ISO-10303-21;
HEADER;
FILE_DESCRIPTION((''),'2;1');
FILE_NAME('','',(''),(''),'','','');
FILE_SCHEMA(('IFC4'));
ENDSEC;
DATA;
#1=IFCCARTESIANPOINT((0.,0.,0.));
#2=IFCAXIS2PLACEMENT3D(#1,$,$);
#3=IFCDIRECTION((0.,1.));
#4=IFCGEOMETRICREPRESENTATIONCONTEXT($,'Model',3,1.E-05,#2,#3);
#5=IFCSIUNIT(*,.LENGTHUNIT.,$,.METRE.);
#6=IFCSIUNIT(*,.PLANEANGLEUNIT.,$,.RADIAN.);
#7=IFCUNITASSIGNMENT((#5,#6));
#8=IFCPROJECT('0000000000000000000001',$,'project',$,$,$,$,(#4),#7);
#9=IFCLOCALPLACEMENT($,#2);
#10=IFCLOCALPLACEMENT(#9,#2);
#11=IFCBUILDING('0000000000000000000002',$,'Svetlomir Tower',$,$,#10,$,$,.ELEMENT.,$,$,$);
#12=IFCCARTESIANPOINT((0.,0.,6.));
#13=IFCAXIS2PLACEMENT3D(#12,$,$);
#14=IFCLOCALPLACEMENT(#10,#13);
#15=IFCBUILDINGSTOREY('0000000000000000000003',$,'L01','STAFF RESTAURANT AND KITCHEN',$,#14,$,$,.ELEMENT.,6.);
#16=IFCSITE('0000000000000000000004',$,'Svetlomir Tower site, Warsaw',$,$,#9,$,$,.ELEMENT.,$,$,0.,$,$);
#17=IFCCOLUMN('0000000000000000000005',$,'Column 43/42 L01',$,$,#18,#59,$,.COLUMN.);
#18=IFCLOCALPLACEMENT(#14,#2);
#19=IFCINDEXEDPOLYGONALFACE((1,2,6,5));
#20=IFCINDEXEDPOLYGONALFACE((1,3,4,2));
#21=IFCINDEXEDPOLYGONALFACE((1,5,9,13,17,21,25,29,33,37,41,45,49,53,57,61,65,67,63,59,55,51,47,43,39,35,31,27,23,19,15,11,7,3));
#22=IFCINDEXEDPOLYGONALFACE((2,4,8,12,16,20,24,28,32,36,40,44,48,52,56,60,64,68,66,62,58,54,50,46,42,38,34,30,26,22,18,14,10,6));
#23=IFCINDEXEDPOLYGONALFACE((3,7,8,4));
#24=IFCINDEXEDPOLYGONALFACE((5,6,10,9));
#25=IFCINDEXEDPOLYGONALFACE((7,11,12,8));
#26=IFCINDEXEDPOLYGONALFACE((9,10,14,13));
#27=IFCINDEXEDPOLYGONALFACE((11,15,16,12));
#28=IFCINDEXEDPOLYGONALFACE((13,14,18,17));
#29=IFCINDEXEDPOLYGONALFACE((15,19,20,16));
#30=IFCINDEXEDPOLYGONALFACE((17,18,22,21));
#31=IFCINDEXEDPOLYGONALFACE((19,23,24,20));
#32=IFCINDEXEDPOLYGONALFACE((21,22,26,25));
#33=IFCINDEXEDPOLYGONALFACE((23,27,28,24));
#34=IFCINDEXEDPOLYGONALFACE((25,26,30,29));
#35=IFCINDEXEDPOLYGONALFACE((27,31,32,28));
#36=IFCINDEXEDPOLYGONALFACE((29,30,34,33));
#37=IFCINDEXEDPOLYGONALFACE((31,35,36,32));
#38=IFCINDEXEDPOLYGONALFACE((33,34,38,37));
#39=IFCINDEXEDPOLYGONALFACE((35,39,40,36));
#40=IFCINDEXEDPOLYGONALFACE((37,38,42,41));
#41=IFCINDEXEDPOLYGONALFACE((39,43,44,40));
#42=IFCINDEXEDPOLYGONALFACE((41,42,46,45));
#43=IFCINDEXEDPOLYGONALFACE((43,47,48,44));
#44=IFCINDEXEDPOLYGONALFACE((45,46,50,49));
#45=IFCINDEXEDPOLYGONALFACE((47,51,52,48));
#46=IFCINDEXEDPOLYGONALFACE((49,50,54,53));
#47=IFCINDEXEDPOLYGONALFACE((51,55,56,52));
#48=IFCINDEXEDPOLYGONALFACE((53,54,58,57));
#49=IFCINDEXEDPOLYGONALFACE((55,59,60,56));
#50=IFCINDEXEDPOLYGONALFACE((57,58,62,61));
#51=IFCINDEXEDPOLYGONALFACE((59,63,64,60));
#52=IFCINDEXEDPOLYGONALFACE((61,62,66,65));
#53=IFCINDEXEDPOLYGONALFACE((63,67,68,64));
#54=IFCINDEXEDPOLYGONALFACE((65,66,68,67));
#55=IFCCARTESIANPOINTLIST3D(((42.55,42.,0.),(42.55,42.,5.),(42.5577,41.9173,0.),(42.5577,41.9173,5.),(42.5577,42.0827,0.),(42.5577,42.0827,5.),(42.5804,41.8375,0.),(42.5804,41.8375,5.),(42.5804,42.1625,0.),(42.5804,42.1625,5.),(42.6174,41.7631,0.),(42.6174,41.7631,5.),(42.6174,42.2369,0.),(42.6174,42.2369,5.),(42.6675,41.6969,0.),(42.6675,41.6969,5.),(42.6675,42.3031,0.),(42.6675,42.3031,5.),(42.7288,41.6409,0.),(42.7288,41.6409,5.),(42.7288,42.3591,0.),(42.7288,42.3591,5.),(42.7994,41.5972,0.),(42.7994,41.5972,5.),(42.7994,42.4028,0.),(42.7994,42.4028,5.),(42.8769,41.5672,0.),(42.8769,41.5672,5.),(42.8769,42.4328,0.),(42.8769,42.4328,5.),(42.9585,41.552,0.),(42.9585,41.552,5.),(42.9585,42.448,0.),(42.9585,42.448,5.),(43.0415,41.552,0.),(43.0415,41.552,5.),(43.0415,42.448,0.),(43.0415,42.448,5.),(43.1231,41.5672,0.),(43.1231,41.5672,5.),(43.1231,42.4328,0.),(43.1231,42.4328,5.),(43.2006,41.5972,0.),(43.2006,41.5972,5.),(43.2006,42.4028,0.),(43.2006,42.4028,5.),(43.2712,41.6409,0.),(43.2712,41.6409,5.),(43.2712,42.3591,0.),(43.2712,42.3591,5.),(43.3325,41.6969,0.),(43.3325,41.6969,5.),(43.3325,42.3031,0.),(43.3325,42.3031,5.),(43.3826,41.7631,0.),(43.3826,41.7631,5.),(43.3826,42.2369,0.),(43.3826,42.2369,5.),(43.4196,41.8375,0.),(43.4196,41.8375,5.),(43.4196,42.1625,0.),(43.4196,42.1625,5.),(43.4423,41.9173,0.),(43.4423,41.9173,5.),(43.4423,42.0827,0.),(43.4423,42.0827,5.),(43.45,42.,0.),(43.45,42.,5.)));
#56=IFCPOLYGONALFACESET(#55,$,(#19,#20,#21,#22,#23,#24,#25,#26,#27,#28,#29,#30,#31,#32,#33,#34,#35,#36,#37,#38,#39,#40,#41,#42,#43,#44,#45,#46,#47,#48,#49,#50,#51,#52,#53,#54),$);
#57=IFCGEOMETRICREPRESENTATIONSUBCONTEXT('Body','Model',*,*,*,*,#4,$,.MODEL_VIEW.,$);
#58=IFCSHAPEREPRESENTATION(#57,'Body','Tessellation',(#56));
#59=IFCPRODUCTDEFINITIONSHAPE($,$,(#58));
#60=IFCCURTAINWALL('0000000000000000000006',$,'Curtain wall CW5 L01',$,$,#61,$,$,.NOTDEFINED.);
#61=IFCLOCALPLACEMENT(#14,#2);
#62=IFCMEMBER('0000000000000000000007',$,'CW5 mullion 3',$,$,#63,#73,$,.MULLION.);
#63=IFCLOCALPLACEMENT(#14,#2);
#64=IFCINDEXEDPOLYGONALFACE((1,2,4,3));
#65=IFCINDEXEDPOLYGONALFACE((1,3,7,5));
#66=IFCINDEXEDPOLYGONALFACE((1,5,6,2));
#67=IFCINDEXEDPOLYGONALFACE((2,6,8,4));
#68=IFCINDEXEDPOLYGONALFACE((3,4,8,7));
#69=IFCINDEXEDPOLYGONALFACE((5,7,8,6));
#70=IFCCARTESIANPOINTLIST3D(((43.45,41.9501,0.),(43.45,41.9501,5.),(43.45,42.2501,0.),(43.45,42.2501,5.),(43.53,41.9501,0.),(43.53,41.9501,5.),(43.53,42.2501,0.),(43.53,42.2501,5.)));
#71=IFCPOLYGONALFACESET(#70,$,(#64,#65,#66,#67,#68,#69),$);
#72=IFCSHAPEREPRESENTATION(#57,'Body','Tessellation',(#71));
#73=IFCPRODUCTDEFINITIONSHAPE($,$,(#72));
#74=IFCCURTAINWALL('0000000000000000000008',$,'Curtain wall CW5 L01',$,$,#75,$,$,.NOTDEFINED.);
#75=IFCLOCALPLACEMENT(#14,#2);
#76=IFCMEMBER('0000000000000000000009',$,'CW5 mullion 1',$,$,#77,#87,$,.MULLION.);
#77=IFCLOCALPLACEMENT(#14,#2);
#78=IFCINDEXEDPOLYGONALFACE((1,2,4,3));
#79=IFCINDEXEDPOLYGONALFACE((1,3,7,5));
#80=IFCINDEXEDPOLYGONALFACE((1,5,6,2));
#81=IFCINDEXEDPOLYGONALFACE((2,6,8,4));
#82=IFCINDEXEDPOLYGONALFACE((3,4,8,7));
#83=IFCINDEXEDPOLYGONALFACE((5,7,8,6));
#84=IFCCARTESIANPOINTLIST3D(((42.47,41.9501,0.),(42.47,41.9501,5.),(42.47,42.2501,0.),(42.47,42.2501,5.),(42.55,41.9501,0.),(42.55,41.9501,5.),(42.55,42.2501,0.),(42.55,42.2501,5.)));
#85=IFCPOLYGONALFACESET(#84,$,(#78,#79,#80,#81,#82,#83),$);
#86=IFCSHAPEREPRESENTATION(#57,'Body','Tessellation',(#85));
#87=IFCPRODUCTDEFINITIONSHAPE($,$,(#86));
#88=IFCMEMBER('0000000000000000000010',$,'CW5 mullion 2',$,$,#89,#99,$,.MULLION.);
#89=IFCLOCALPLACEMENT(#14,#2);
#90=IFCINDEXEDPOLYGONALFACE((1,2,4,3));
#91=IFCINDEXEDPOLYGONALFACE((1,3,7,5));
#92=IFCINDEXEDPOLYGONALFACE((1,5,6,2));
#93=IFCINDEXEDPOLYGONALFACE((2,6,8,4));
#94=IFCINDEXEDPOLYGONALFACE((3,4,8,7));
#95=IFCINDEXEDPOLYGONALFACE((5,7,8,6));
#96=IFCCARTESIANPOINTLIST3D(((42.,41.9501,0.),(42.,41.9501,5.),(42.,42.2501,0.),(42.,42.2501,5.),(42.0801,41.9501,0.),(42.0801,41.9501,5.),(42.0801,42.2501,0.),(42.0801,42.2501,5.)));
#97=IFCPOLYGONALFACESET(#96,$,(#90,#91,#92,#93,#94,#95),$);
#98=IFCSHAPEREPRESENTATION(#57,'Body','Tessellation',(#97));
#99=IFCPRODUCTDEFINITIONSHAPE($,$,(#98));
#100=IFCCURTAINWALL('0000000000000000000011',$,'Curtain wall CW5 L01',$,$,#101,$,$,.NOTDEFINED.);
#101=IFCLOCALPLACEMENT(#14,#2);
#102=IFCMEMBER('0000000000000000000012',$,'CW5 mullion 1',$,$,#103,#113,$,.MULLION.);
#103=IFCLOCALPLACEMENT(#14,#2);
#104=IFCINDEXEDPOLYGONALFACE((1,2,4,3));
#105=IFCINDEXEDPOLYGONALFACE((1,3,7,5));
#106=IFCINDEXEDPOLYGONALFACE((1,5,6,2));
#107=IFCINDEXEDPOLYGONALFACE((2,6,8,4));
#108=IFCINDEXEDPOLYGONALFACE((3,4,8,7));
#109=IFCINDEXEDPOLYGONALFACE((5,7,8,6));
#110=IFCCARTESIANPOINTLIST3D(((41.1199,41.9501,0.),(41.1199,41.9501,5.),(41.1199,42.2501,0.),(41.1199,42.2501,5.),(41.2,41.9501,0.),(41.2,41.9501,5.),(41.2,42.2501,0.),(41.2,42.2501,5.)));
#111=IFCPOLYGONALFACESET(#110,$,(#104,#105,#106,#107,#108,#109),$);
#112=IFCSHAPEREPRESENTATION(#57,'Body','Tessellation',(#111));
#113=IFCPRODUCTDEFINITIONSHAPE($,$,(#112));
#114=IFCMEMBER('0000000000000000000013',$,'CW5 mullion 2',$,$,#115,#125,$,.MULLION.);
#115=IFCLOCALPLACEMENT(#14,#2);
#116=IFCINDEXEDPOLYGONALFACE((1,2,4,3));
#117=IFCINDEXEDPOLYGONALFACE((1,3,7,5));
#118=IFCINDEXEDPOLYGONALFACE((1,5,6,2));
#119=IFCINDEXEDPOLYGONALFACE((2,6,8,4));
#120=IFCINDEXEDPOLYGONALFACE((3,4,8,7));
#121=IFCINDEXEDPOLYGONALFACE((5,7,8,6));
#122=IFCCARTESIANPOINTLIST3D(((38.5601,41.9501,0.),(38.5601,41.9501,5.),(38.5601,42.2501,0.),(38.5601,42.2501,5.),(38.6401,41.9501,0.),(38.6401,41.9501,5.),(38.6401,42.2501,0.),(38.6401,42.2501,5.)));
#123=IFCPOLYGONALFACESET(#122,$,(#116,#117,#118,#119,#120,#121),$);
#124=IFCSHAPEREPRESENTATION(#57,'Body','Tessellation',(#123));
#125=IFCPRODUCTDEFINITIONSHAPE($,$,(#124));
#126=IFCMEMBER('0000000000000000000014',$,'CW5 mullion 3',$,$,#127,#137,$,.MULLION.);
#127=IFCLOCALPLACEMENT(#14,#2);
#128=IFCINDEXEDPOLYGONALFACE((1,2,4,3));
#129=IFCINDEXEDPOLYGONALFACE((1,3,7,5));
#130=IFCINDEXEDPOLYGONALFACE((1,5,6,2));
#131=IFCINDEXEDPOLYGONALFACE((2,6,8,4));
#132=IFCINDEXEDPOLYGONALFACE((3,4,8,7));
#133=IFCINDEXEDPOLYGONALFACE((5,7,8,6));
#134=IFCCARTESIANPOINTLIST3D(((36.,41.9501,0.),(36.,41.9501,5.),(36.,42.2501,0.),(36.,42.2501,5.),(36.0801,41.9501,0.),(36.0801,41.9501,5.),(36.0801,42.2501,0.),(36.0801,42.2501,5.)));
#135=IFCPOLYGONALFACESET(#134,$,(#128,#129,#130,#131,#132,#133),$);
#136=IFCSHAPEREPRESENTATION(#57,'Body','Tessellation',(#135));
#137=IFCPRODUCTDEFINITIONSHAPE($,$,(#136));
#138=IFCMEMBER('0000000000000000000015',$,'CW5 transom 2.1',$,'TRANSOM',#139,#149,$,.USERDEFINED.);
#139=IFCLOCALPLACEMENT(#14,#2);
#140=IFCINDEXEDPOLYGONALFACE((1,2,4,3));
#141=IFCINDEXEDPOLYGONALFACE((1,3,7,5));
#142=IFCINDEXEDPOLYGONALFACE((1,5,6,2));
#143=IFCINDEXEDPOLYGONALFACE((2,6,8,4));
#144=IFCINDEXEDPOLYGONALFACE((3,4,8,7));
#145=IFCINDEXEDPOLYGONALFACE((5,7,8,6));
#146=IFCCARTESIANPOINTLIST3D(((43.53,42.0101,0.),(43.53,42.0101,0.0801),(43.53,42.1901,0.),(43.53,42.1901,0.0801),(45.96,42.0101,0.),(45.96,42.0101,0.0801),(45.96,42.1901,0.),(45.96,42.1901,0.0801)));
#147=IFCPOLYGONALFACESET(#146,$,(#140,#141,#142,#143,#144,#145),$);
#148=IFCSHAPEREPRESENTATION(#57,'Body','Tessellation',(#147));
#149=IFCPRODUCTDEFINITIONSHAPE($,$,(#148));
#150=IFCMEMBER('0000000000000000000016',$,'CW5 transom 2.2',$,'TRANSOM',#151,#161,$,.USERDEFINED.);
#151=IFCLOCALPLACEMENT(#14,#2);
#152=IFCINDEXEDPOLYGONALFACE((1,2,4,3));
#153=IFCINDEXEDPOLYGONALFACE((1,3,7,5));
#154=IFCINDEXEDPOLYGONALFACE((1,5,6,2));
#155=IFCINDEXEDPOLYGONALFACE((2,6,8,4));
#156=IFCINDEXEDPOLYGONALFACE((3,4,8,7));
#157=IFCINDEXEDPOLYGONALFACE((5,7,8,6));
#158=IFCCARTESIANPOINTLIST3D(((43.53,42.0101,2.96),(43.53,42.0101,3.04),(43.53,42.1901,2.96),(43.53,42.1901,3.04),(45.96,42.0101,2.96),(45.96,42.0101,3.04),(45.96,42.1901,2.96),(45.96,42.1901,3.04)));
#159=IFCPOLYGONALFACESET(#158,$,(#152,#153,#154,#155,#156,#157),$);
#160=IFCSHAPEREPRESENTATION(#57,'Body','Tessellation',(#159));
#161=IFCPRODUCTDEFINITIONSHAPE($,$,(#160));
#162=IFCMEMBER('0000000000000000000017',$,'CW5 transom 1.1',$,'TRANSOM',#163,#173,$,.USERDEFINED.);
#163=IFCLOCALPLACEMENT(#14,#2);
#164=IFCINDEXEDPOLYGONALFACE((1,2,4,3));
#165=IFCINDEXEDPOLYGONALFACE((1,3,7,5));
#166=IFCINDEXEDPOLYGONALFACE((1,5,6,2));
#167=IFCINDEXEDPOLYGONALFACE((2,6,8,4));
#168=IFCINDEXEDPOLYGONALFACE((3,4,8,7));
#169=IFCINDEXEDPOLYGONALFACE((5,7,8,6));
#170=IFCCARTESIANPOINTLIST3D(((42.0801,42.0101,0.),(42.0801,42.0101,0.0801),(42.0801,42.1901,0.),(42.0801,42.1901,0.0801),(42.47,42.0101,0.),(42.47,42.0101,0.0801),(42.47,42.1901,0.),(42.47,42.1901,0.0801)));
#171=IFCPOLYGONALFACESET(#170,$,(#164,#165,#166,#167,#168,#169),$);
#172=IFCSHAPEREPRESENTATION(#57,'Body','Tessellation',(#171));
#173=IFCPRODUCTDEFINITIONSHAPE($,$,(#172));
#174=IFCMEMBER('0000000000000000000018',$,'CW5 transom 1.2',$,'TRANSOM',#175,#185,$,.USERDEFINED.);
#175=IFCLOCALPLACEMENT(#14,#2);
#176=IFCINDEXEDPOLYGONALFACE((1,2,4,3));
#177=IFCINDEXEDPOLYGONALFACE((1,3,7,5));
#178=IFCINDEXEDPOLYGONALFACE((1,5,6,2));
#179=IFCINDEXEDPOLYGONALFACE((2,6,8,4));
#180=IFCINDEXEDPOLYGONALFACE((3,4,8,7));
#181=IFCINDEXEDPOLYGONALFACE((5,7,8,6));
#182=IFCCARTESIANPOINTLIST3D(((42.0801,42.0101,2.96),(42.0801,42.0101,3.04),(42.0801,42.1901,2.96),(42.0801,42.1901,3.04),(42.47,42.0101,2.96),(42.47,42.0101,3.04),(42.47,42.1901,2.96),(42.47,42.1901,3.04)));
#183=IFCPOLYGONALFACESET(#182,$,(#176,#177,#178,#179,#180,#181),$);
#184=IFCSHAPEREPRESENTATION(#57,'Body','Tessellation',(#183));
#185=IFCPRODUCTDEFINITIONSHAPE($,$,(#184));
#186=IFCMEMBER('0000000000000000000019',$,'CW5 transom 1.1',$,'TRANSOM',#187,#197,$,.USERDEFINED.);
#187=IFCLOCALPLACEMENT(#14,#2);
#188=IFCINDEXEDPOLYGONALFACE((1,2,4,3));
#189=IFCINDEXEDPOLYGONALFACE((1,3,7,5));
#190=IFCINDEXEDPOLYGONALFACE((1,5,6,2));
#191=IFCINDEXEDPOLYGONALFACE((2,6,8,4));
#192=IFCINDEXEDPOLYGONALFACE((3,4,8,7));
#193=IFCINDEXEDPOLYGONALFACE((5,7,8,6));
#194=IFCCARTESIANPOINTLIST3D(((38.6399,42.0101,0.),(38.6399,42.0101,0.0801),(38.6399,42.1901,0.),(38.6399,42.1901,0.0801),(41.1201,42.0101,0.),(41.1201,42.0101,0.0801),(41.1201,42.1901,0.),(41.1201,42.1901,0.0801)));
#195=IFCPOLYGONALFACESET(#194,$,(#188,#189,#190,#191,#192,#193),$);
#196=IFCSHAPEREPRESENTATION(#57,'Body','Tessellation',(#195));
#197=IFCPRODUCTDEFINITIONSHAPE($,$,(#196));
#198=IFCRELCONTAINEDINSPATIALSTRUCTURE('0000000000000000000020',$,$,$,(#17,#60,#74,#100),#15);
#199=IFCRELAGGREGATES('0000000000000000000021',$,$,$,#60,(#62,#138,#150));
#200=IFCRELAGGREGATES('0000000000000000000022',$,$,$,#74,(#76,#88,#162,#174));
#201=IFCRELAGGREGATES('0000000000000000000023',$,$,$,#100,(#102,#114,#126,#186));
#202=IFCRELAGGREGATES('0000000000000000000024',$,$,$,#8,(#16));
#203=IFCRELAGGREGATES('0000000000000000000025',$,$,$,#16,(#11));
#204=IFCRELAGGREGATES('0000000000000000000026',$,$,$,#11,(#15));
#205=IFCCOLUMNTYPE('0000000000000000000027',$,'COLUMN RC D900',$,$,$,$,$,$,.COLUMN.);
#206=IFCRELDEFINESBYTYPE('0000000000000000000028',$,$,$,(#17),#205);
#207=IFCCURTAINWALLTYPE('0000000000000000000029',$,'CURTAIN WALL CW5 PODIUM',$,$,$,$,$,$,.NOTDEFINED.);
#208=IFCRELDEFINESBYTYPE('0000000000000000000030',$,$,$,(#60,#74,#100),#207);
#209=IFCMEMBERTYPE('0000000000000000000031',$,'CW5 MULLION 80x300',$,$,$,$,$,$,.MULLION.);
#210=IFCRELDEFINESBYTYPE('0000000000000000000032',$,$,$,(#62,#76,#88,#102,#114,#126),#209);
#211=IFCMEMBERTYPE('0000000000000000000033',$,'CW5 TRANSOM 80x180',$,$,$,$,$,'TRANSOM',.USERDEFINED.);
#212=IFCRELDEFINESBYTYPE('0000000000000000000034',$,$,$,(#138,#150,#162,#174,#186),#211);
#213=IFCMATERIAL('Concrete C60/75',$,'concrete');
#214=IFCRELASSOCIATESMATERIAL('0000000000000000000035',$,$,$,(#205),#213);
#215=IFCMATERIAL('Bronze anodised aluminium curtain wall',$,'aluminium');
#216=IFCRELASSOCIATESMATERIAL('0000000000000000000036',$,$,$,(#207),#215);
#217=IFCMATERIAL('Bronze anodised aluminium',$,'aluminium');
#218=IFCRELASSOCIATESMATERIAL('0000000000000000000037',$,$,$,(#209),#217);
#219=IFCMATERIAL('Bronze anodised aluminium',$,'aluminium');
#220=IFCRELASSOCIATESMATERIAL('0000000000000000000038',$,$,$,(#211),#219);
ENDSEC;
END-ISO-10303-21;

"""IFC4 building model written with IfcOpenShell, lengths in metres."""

from ifc_helpers import new_model, si_unit, direction, frame, origin, origin_2d, place, context, subcontext, project, spatial, rectangle, circle, extrude, material, material_profile, profile_set, type_object, element, aggregate, save


model = new_model("IFC4")

# Units and contexts
model_context = context("Model", 3, precision=1e-05, world=origin(), true_north=direction((0.0, 1.0)))
body_context = subcontext(model_context, "Body", "Model", "MODEL_VIEW")
ifc_project = project(units=[si_unit("LENGTHUNIT", "METRE"), si_unit("PLANEANGLEUNIT", "RADIAN")], contexts=[model_context])

# Site, building, storey
site_placement = place(None, origin())
site = spatial("IfcSite", under=ifc_project, at=site_placement, Name="Svetlomir Tower site, Warsaw", CompositionType="ELEMENT", RefElevation=0.0)
building_placement = place(site_placement, origin())
building = spatial("IfcBuilding", under=site, at=building_placement, Name="Svetlomir Tower", CompositionType="ELEMENT")
storey_placement = place(building_placement, frame((0.0, 0.0, 6.0)))
storey = spatial("IfcBuildingStorey", under=building, at=storey_placement, Name="L01", Description="STAFF RESTAURANT AND KITCHEN", CompositionType="ELEMENT", Elevation=6.0)

# Column
ifc_material_1 = material(Name="Concrete C60/75", Category="concrete")
ifc_material_profile_1 = material_profile(ifc_material_1, circle(Radius=0.45, at=origin_2d()), Name="RC D900")
ifc_profile_set_1 = profile_set([ifc_material_profile_1], Name="Concrete C60/75")
column_type = type_object("IfcColumnType", Name="COLUMN RC D900", PredefinedType="COLUMN", material=ifc_profile_set_1)
column_placement = place(storey_placement, frame((43.0, 42.0, 0.0), z_axis=(0.0, 0.0, 1.0), x_axis=(1.0, 0.0, 0.0)))
element("IfcColumn", 1, at=column_placement, inside=storey, type_object=column_type, Name="Column 43/42 L01", PredefinedType="COLUMN", context=body_context, shape_type="SweptSolid", body=[
    extrude(circle(Radius=0.45, at=origin_2d()), origin(), (0.0, 0.0, 1.0), 5.0),
])

# Curtain wall, member
ifc_material_2 = material(Name="Bronze anodised aluminium curtain wall", Category="aluminium")
curtain_wall_type = type_object("IfcCurtainWallType", Name="CURTAIN WALL CW5 PODIUM", PredefinedType="NOTDEFINED", material=ifc_material_2)
curtain_wall_1_placement = place(storey_placement, origin())
curtain_wall_1 = element("IfcCurtainWall", 2, at=curtain_wall_1_placement, inside=storey, type_object=curtain_wall_type, Name="Curtain wall CW5 L01", PredefinedType="NOTDEFINED")
ifc_material_3 = material(Name="Bronze anodised aluminium", Category="aluminium")
ifc_material_profile_2 = material_profile(ifc_material_3, rectangle(XDim=0.0801, YDim=0.3, at=origin_2d()), Name="AL 80x300")
ifc_profile_set_2 = profile_set([ifc_material_profile_2], Name="Bronze anodised aluminium 6063-T6")
member_type_1 = type_object("IfcMemberType", Name="CW5 MULLION 80x300", PredefinedType="MULLION", material=ifc_profile_set_2)
member_1_placement = place(storey_placement, frame((43.49, 42.1001, 0.0), z_axis=(0.0, 0.0, 1.0), x_axis=(-1.0, 0.0, 0.0)))
member_1 = element("IfcMember", 3, at=member_1_placement, type_object=member_type_1, Name="CW5 mullion 3", PredefinedType="MULLION", context=body_context, shape_type="SweptSolid", body=[
    extrude(rectangle(XDim=0.0801, YDim=0.3, at=origin_2d()), origin(), (0.0, 0.0, 1.0), 5.0),
])

# Curtain walls, members
curtain_wall_2_placement = place(storey_placement, origin())
curtain_wall_2 = element("IfcCurtainWall", 4, at=curtain_wall_2_placement, inside=storey, type_object=curtain_wall_type, Name="Curtain wall CW5 L01", PredefinedType="NOTDEFINED")
member_2_placement = place(storey_placement, frame((42.51, 42.1001, 0.0), z_axis=(0.0, 0.0, 1.0), x_axis=(-1.0, 0.0, 0.0)))
member_2 = element("IfcMember", 5, at=member_2_placement, type_object=member_type_1, Name="CW5 mullion 1", PredefinedType="MULLION", context=body_context, shape_type="SweptSolid", body=[
    extrude(rectangle(XDim=0.0801, YDim=0.3, at=origin_2d()), origin(), (0.0, 0.0, 1.0), 5.0),
])
member_3_placement = place(storey_placement, frame((42.04, 42.1001, 0.0), z_axis=(0.0, 0.0, 1.0), x_axis=(-1.0, 0.0, 0.0)))
member_3 = element("IfcMember", 6, at=member_3_placement, type_object=member_type_1, Name="CW5 mullion 2", PredefinedType="MULLION", context=body_context, shape_type="SweptSolid", body=[
    extrude(rectangle(XDim=0.0801, YDim=0.3, at=origin_2d()), origin(), (0.0, 0.0, 1.0), 5.0),
])
curtain_wall_3_placement = place(storey_placement, origin())
curtain_wall_3 = element("IfcCurtainWall", 7, at=curtain_wall_3_placement, inside=storey, type_object=curtain_wall_type, Name="Curtain wall CW5 L01", PredefinedType="NOTDEFINED")
member_4_placement = place(storey_placement, frame((41.1599, 42.1001, 0.0), z_axis=(0.0, 0.0, 1.0), x_axis=(-1.0, 0.0, 0.0)))
member_4 = element("IfcMember", 8, at=member_4_placement, type_object=member_type_1, Name="CW5 mullion 1", PredefinedType="MULLION", context=body_context, shape_type="SweptSolid", body=[
    extrude(rectangle(XDim=0.0801, YDim=0.3, at=origin_2d()), origin(), (0.0, 0.0, 1.0), 5.0),
])
member_5_placement = place(storey_placement, frame((38.6001, 42.1001, 0.0), z_axis=(0.0, 0.0, 1.0), x_axis=(-1.0, 0.0, 0.0)))
member_5 = element("IfcMember", 9, at=member_5_placement, type_object=member_type_1, Name="CW5 mullion 2", PredefinedType="MULLION", context=body_context, shape_type="SweptSolid", body=[
    extrude(rectangle(XDim=0.0801, YDim=0.3, at=origin_2d()), origin(), (0.0, 0.0, 1.0), 5.0),
])
member_6_placement = place(storey_placement, frame((36.04, 42.1001, 0.0), z_axis=(0.0, 0.0, 1.0), x_axis=(-1.0, 0.0, 0.0)))
member_6 = element("IfcMember", 10, at=member_6_placement, type_object=member_type_1, Name="CW5 mullion 3", PredefinedType="MULLION", context=body_context, shape_type="SweptSolid", body=[
    extrude(rectangle(XDim=0.0801, YDim=0.3, at=origin_2d()), origin(), (0.0, 0.0, 1.0), 5.0),
])

# Members
ifc_material_4 = material(Name="Bronze anodised aluminium", Category="aluminium")
ifc_material_profile_3 = material_profile(ifc_material_4, rectangle(XDim=0.1799, YDim=0.0801, at=origin_2d()), Name="AL 180x80")
ifc_profile_set_3 = profile_set([ifc_material_profile_3], Name="Bronze anodised aluminium 6063-T6")
member_type_2 = type_object("IfcMemberType", Name="CW5 TRANSOM 80x180", ElementType="TRANSOM", PredefinedType="USERDEFINED", material=ifc_profile_set_3)
member_7_placement = place(storey_placement, frame((45.96, 42.1001, 0.04), z_axis=(-1.0, 0.0, 0.0), x_axis=(0.0, -1.0, 0.0)))
member_7 = element("IfcMember", 11, at=member_7_placement, type_object=member_type_2, Name="CW5 transom 2.1", ObjectType="TRANSOM", PredefinedType="USERDEFINED", context=body_context, shape_type="SweptSolid", body=[
    extrude(rectangle(XDim=0.1799, YDim=0.0801, at=origin_2d()), origin(), (0.0, 0.0, 1.0), 2.4299),
])
member_8_placement = place(storey_placement, frame((45.96, 42.1001, 3.0), z_axis=(-1.0, 0.0, 0.0), x_axis=(0.0, -1.0, 0.0)))
member_8 = element("IfcMember", 12, at=member_8_placement, type_object=member_type_2, Name="CW5 transom 2.2", ObjectType="TRANSOM", PredefinedType="USERDEFINED", context=body_context, shape_type="SweptSolid", body=[
    extrude(rectangle(XDim=0.1799, YDim=0.0801, at=origin_2d()), origin(), (0.0, 0.0, 1.0), 2.4299),
])
member_9_placement = place(storey_placement, frame((42.47, 42.1001, 0.04), z_axis=(-1.0, 0.0, 0.0), x_axis=(0.0, -1.0, 0.0)))
member_9 = element("IfcMember", 13, at=member_9_placement, type_object=member_type_2, Name="CW5 transom 1.1", ObjectType="TRANSOM", PredefinedType="USERDEFINED", context=body_context, shape_type="SweptSolid", body=[
    extrude(rectangle(XDim=0.1799, YDim=0.0801, at=origin_2d()), origin(), (0.0, 0.0, 1.0), 0.3899),
])
member_10_placement = place(storey_placement, frame((42.47, 42.1001, 3.0), z_axis=(-1.0, 0.0, 0.0), x_axis=(0.0, -1.0, 0.0)))
member_10 = element("IfcMember", 14, at=member_10_placement, type_object=member_type_2, Name="CW5 transom 1.2", ObjectType="TRANSOM", PredefinedType="USERDEFINED", context=body_context, shape_type="SweptSolid", body=[
    extrude(rectangle(XDim=0.1799, YDim=0.0801, at=origin_2d()), origin(), (0.0, 0.0, 1.0), 0.3899),
])
member_11_placement = place(storey_placement, frame((41.1201, 42.1001, 0.04), z_axis=(-1.0, 0.0, 0.0), x_axis=(0.0, -1.0, 0.0)))
member_11 = element("IfcMember", 15, at=member_11_placement, type_object=member_type_2, Name="CW5 transom 1.1", ObjectType="TRANSOM", PredefinedType="USERDEFINED", context=body_context, shape_type="SweptSolid", body=[
    extrude(rectangle(XDim=0.1799, YDim=0.0801, at=origin_2d()), origin(), (0.0, 0.0, 1.0), 2.4802),
])

aggregate(curtain_wall_1, [member_1, member_7, member_8])
aggregate(curtain_wall_2, [member_2, member_3, member_9, member_10])
aggregate(curtain_wall_3, [member_4, member_5, member_6, member_11])

save(model, "model.ifc")
